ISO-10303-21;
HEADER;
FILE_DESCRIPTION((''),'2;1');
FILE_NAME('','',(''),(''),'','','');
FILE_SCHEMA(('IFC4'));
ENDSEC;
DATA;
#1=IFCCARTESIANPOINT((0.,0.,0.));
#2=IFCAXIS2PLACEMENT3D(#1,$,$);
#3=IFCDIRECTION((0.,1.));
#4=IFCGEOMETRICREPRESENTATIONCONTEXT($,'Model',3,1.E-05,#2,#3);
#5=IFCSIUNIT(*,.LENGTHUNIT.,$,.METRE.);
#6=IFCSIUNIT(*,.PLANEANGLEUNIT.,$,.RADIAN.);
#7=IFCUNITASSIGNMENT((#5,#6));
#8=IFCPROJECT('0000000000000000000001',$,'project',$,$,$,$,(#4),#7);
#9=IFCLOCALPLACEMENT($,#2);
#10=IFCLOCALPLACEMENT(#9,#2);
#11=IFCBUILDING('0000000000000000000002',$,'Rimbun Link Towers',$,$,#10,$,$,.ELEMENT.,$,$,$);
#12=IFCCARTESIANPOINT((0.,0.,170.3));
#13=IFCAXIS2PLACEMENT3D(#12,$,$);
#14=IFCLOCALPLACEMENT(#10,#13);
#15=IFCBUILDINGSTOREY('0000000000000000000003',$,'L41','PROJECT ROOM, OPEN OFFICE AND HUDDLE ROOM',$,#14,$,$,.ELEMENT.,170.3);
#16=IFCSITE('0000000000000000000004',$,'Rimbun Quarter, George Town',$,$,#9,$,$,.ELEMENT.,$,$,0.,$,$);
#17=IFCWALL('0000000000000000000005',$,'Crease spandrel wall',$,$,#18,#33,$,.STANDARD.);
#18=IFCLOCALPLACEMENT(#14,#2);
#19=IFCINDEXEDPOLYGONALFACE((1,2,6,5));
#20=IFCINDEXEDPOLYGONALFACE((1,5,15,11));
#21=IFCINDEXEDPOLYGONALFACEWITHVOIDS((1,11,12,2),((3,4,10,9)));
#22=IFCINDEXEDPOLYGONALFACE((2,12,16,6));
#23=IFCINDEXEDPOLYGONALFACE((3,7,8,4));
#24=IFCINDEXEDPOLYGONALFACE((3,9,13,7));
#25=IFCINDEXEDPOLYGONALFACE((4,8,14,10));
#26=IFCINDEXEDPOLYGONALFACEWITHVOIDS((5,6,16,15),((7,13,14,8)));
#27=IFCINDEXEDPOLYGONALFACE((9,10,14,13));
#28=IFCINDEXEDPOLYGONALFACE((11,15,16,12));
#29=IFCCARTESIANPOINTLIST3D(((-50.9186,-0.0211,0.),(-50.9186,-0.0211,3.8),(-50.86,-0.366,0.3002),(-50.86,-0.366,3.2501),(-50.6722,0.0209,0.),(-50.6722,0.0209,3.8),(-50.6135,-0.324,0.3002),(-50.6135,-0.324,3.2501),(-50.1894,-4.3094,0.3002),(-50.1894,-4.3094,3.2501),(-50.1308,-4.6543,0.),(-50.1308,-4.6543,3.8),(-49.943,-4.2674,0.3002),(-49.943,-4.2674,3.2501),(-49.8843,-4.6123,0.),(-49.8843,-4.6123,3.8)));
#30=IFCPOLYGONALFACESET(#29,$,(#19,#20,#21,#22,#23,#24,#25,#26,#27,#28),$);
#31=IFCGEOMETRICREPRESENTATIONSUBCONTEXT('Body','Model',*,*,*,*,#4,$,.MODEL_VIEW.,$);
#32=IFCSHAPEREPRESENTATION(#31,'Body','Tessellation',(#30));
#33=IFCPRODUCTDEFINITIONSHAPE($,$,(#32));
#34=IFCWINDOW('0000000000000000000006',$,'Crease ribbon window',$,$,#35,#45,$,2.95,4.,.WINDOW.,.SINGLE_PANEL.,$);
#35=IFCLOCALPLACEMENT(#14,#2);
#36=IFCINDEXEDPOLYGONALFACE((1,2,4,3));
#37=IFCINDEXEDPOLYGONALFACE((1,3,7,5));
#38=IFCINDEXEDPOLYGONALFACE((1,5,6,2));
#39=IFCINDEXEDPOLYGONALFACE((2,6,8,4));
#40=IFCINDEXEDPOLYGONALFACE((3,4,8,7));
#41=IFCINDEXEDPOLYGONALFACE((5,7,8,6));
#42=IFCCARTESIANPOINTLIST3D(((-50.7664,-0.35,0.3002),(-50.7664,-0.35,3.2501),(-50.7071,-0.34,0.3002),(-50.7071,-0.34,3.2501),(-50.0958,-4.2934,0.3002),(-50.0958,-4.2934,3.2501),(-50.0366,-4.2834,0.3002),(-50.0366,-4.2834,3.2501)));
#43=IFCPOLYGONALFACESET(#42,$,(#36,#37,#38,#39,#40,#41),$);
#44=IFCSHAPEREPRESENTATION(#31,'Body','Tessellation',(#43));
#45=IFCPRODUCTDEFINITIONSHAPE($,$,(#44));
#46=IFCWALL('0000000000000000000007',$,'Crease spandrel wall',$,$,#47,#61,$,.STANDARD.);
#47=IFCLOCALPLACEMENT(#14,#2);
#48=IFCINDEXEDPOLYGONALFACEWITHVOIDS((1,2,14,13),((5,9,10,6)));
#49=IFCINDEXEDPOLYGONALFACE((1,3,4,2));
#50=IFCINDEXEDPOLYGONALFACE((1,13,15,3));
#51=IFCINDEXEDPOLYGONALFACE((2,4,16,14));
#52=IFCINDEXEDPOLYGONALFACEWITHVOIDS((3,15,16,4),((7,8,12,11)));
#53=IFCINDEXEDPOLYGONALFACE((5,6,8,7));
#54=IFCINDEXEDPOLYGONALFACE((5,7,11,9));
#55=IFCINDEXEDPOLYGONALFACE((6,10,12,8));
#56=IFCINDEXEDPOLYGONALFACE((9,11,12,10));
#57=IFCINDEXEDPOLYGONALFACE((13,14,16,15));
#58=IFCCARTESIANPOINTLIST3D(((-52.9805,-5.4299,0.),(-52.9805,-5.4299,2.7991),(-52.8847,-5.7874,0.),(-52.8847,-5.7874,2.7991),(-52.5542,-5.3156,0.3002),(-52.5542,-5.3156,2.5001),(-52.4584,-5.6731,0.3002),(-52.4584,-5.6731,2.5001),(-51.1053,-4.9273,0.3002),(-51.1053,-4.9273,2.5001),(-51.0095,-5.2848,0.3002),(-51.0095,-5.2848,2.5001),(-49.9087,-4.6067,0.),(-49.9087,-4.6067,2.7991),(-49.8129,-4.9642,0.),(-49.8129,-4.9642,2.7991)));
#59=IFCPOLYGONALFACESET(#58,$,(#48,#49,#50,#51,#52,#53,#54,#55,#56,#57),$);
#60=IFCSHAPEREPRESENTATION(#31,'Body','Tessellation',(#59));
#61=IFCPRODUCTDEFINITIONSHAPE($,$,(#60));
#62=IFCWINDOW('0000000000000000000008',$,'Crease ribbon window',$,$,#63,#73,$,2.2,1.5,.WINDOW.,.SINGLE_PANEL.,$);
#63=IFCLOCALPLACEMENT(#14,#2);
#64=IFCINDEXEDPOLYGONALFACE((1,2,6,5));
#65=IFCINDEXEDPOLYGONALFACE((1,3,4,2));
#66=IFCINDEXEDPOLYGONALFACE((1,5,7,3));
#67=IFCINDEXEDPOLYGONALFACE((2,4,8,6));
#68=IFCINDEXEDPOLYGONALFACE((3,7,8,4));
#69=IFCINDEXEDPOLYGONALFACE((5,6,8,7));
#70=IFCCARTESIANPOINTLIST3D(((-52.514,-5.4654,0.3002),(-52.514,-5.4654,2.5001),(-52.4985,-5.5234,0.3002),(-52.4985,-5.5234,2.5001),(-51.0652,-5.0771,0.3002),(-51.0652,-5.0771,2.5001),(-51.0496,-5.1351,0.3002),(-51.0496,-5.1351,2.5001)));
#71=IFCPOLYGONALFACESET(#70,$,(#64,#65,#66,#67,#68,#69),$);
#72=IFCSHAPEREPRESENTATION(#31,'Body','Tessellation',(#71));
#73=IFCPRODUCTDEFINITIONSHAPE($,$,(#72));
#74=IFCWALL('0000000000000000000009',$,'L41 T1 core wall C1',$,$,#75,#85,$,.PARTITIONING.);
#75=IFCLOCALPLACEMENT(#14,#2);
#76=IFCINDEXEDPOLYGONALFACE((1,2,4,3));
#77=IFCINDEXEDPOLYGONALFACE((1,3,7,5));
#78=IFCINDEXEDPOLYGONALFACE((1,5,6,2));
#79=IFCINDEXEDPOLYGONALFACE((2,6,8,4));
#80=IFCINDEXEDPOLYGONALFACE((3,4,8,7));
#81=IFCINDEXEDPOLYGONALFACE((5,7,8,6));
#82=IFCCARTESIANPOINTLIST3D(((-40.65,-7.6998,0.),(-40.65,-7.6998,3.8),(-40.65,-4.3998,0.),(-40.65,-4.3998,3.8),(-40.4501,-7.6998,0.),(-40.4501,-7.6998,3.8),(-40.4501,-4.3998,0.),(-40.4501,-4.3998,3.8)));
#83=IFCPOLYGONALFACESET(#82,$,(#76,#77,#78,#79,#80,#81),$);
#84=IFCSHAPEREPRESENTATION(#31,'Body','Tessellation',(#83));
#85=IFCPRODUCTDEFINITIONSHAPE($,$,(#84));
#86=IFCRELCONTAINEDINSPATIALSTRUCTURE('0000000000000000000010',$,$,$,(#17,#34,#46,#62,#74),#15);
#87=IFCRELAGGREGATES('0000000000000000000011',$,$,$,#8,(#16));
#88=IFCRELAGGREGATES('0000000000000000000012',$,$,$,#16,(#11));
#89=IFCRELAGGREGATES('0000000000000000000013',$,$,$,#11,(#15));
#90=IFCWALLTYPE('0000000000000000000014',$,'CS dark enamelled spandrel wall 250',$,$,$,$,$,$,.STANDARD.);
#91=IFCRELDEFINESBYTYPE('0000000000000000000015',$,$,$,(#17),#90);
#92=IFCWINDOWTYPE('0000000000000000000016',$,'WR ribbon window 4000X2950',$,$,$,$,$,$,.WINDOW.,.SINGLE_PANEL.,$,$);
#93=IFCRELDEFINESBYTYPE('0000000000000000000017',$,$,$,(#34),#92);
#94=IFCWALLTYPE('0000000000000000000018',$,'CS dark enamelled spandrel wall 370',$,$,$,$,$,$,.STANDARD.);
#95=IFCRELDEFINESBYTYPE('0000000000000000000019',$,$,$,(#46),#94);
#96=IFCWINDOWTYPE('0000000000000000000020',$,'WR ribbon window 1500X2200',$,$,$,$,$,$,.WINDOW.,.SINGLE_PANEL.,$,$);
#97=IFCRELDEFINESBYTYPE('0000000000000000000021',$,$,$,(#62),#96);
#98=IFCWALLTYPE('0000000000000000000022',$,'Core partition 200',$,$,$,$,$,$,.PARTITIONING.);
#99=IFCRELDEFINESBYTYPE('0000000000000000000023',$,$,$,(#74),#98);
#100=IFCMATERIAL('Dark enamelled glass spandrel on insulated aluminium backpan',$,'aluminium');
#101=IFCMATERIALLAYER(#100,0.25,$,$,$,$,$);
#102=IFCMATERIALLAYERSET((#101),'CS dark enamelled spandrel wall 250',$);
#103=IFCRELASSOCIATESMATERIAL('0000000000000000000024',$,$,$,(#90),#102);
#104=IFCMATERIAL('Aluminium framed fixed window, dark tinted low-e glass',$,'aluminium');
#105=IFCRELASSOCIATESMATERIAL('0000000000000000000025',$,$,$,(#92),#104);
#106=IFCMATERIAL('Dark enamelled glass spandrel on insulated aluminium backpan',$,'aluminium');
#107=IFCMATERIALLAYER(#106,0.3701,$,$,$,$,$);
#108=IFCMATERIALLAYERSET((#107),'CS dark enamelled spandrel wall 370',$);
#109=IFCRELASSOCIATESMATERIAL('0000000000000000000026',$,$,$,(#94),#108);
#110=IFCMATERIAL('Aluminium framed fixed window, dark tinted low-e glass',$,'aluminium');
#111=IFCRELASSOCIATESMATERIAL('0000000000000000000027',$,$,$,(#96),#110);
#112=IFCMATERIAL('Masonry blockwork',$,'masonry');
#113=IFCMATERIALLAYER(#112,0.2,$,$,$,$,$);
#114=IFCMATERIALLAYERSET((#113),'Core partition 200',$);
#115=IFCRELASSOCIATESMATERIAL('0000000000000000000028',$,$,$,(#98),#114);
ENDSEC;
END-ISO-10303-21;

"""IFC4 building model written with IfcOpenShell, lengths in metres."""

from ifc_helpers import new_model, si_unit, direction, frame, frame_2d, origin, place, context, subcontext, project, spatial, rectangle, extrude, material, layer, layer_set, type_object, element, fill, save


model = new_model("IFC4")

# Units and contexts
model_context = context("Model", 3, precision=1e-05, world=origin(), true_north=direction((0.0, 1.0)))
body_context = subcontext(model_context, "Body", "Model", "MODEL_VIEW")
ifc_project = project(units=[si_unit("LENGTHUNIT", "METRE"), si_unit("PLANEANGLEUNIT", "RADIAN")], contexts=[model_context])

# Site, building, storey
site_placement = place(None, origin())
site = spatial("IfcSite", under=ifc_project, at=site_placement, Name="Rimbun Quarter, George Town", CompositionType="ELEMENT", RefElevation=0.0)
building_placement = place(site_placement, origin())
building = spatial("IfcBuilding", under=site, at=building_placement, Name="Rimbun Link Towers", CompositionType="ELEMENT")
storey_placement = place(building_placement, frame((0.0, 0.0, 170.3)))
storey = spatial("IfcBuildingStorey", under=building, at=storey_placement, Name="L41", Description="PROJECT ROOM, OPEN OFFICE AND HUDDLE ROOM", CompositionType="ELEMENT", Elevation=170.3)

# Walls, openings, windows
ifc_material_1 = material(Name="Dark enamelled glass spandrel on insulated aluminium backpan", Category="aluminium")
ifc_layer_1 = layer(ifc_material_1, 0.25)
ifc_layer_set_1 = layer_set([ifc_layer_1], Name="CS dark enamelled spandrel wall 250")
wall_type_1 = type_object("IfcWallType", Name="CS dark enamelled spandrel wall 250", PredefinedType="STANDARD", material=ifc_layer_set_1)
wall_1_placement = place(storey_placement, frame((-50.0076, -4.6333, 0.0), z_axis=(0.0, 0.0, 1.0), x_axis=(-0.167633, 0.985849, 0.0)))
wall_1 = element("IfcWall", 1, at=wall_1_placement, inside=storey, type_object=wall_type_1, Name="Crease spandrel wall", PredefinedType="STANDARD", context=body_context, shape_type="SweptSolid", body=[
    extrude(rectangle(XDim=4.6997, YDim=0.25, at=frame_2d((2.3499, 0.0))), origin(), (0.0, 0.0, 1.0), 3.8),
])
opening_1_placement = place(wall_1_placement, frame((0.3499, 0.0, 0.3)))
opening_1 = element("IfcOpeningElement", 2, at=opening_1_placement, cuts=wall_1, PredefinedType="OPENING", context=body_context, shape_type="SweptSolid", body=[
    extrude(rectangle(XDim=4.0, YDim=2.95, at=frame_2d((2.0, 1.4751))), frame((0.0, 0.135, 0.0), z_axis=(0.0, -1.0, 0.0), x_axis=(1.0, 0.0, 0.0)), (0.0, 0.0, 1.0), 0.27),
])
ifc_material_2 = material(Name="Aluminium framed fixed window, dark tinted low-e glass", Category="aluminium")
window_type_1 = type_object("IfcWindowType", Name="WR ribbon window 4000X2950", PartitioningType="SINGLE_PANEL", PredefinedType="WINDOW", material=ifc_material_2)
window_1_placement = place(opening_1_placement, origin())
window_1 = element("IfcWindow", 3, at=window_1_placement, inside=storey, type_object=window_type_1, Name="Crease ribbon window", OverallHeight=2.95, OverallWidth=4.0, PartitioningType="SINGLE_PANEL", PredefinedType="WINDOW", context=body_context, shape_type="SweptSolid", body=[
    extrude(rectangle(XDim=4.0, YDim=2.95, at=frame_2d((2.0, 1.4751))), frame((0.0, 0.03, 0.0), z_axis=(0.0, -1.0, 0.0), x_axis=(1.0, 0.0, 0.0)), (0.0, 0.0, 1.0), 0.0601),
])
fill(opening_1, window_1)
ifc_material_3 = material(Name="Dark enamelled glass spandrel on insulated aluminium backpan", Category="aluminium")
ifc_layer_2 = layer(ifc_material_3, 0.3701)
ifc_layer_set_2 = layer_set([ifc_layer_2], Name="CS dark enamelled spandrel wall 370")
wall_type_2 = type_object("IfcWallType", Name="CS dark enamelled spandrel wall 370", PredefinedType="STANDARD", material=ifc_layer_set_2)
wall_2_placement = place(storey_placement, frame((-52.9326, -5.6086, 0.0), z_axis=(0.0, 0.0, 1.0), x_axis=(0.965913, 0.258867, 0.0)))
wall_2 = element("IfcWall", 4, at=wall_2_placement, inside=storey, type_object=wall_type_2, Name="Crease spandrel wall", PredefinedType="STANDARD", context=body_context, shape_type="SweptSolid", body=[
    extrude(rectangle(XDim=3.1802, YDim=0.3701, at=frame_2d((1.5901, 0.0))), origin(), (0.0, 0.0, 1.0), 2.7991),
])
opening_2_placement = place(wall_2_placement, frame((0.4414, 0.0, 0.3)))
opening_2 = element("IfcOpeningElement", 5, at=opening_2_placement, cuts=wall_2, PredefinedType="OPENING", context=body_context, shape_type="SweptSolid", body=[
    extrude(rectangle(XDim=1.5, YDim=2.2, at=frame_2d((0.75, 1.1001))), frame((0.0, 0.1951, 0.0), z_axis=(0.0, -1.0, 0.0), x_axis=(1.0, 0.0, 0.0)), (0.0, 0.0, 1.0), 0.3901),
])
ifc_material_4 = material(Name="Aluminium framed fixed window, dark tinted low-e glass", Category="aluminium")
window_type_2 = type_object("IfcWindowType", Name="WR ribbon window 1500X2200", PartitioningType="SINGLE_PANEL", PredefinedType="WINDOW", material=ifc_material_4)
window_2_placement = place(opening_2_placement, origin())
window_2 = element("IfcWindow", 6, at=window_2_placement, inside=storey, type_object=window_type_2, Name="Crease ribbon window", OverallHeight=2.2, OverallWidth=1.5, PartitioningType="SINGLE_PANEL", PredefinedType="WINDOW", context=body_context, shape_type="SweptSolid", body=[
    extrude(rectangle(XDim=1.5, YDim=2.2, at=frame_2d((0.75, 1.1001))), frame((0.0, 0.03, 0.0), z_axis=(0.0, -1.0, 0.0), x_axis=(1.0, 0.0, 0.0)), (0.0, 0.0, 1.0), 0.0601),
])
fill(opening_2, window_2)

# Wall
ifc_material_5 = material(Name="Masonry blockwork", Category="masonry")
ifc_layer_3 = layer(ifc_material_5, 0.2)
ifc_layer_set_3 = layer_set([ifc_layer_3], Name="Core partition 200")
wall_type_3 = type_object("IfcWallType", Name="Core partition 200", PredefinedType="PARTITIONING", material=ifc_layer_set_3)
wall_3_placement = place(storey_placement, frame((-40.55, -4.3999, 0.0), z_axis=(0.0, 0.0, 1.0), x_axis=(0.0, -1.0, 0.0)))
element("IfcWall", 7, at=wall_3_placement, inside=storey, type_object=wall_type_3, Name="L41 T1 core wall C1", PredefinedType="PARTITIONING", context=body_context, shape_type="SweptSolid", body=[
    extrude(rectangle(XDim=3.3, YDim=0.2, at=frame_2d((1.6499, 0.0))), origin(), (0.0, 0.0, 1.0), 3.8),
])

save(model, "model.ifc")
